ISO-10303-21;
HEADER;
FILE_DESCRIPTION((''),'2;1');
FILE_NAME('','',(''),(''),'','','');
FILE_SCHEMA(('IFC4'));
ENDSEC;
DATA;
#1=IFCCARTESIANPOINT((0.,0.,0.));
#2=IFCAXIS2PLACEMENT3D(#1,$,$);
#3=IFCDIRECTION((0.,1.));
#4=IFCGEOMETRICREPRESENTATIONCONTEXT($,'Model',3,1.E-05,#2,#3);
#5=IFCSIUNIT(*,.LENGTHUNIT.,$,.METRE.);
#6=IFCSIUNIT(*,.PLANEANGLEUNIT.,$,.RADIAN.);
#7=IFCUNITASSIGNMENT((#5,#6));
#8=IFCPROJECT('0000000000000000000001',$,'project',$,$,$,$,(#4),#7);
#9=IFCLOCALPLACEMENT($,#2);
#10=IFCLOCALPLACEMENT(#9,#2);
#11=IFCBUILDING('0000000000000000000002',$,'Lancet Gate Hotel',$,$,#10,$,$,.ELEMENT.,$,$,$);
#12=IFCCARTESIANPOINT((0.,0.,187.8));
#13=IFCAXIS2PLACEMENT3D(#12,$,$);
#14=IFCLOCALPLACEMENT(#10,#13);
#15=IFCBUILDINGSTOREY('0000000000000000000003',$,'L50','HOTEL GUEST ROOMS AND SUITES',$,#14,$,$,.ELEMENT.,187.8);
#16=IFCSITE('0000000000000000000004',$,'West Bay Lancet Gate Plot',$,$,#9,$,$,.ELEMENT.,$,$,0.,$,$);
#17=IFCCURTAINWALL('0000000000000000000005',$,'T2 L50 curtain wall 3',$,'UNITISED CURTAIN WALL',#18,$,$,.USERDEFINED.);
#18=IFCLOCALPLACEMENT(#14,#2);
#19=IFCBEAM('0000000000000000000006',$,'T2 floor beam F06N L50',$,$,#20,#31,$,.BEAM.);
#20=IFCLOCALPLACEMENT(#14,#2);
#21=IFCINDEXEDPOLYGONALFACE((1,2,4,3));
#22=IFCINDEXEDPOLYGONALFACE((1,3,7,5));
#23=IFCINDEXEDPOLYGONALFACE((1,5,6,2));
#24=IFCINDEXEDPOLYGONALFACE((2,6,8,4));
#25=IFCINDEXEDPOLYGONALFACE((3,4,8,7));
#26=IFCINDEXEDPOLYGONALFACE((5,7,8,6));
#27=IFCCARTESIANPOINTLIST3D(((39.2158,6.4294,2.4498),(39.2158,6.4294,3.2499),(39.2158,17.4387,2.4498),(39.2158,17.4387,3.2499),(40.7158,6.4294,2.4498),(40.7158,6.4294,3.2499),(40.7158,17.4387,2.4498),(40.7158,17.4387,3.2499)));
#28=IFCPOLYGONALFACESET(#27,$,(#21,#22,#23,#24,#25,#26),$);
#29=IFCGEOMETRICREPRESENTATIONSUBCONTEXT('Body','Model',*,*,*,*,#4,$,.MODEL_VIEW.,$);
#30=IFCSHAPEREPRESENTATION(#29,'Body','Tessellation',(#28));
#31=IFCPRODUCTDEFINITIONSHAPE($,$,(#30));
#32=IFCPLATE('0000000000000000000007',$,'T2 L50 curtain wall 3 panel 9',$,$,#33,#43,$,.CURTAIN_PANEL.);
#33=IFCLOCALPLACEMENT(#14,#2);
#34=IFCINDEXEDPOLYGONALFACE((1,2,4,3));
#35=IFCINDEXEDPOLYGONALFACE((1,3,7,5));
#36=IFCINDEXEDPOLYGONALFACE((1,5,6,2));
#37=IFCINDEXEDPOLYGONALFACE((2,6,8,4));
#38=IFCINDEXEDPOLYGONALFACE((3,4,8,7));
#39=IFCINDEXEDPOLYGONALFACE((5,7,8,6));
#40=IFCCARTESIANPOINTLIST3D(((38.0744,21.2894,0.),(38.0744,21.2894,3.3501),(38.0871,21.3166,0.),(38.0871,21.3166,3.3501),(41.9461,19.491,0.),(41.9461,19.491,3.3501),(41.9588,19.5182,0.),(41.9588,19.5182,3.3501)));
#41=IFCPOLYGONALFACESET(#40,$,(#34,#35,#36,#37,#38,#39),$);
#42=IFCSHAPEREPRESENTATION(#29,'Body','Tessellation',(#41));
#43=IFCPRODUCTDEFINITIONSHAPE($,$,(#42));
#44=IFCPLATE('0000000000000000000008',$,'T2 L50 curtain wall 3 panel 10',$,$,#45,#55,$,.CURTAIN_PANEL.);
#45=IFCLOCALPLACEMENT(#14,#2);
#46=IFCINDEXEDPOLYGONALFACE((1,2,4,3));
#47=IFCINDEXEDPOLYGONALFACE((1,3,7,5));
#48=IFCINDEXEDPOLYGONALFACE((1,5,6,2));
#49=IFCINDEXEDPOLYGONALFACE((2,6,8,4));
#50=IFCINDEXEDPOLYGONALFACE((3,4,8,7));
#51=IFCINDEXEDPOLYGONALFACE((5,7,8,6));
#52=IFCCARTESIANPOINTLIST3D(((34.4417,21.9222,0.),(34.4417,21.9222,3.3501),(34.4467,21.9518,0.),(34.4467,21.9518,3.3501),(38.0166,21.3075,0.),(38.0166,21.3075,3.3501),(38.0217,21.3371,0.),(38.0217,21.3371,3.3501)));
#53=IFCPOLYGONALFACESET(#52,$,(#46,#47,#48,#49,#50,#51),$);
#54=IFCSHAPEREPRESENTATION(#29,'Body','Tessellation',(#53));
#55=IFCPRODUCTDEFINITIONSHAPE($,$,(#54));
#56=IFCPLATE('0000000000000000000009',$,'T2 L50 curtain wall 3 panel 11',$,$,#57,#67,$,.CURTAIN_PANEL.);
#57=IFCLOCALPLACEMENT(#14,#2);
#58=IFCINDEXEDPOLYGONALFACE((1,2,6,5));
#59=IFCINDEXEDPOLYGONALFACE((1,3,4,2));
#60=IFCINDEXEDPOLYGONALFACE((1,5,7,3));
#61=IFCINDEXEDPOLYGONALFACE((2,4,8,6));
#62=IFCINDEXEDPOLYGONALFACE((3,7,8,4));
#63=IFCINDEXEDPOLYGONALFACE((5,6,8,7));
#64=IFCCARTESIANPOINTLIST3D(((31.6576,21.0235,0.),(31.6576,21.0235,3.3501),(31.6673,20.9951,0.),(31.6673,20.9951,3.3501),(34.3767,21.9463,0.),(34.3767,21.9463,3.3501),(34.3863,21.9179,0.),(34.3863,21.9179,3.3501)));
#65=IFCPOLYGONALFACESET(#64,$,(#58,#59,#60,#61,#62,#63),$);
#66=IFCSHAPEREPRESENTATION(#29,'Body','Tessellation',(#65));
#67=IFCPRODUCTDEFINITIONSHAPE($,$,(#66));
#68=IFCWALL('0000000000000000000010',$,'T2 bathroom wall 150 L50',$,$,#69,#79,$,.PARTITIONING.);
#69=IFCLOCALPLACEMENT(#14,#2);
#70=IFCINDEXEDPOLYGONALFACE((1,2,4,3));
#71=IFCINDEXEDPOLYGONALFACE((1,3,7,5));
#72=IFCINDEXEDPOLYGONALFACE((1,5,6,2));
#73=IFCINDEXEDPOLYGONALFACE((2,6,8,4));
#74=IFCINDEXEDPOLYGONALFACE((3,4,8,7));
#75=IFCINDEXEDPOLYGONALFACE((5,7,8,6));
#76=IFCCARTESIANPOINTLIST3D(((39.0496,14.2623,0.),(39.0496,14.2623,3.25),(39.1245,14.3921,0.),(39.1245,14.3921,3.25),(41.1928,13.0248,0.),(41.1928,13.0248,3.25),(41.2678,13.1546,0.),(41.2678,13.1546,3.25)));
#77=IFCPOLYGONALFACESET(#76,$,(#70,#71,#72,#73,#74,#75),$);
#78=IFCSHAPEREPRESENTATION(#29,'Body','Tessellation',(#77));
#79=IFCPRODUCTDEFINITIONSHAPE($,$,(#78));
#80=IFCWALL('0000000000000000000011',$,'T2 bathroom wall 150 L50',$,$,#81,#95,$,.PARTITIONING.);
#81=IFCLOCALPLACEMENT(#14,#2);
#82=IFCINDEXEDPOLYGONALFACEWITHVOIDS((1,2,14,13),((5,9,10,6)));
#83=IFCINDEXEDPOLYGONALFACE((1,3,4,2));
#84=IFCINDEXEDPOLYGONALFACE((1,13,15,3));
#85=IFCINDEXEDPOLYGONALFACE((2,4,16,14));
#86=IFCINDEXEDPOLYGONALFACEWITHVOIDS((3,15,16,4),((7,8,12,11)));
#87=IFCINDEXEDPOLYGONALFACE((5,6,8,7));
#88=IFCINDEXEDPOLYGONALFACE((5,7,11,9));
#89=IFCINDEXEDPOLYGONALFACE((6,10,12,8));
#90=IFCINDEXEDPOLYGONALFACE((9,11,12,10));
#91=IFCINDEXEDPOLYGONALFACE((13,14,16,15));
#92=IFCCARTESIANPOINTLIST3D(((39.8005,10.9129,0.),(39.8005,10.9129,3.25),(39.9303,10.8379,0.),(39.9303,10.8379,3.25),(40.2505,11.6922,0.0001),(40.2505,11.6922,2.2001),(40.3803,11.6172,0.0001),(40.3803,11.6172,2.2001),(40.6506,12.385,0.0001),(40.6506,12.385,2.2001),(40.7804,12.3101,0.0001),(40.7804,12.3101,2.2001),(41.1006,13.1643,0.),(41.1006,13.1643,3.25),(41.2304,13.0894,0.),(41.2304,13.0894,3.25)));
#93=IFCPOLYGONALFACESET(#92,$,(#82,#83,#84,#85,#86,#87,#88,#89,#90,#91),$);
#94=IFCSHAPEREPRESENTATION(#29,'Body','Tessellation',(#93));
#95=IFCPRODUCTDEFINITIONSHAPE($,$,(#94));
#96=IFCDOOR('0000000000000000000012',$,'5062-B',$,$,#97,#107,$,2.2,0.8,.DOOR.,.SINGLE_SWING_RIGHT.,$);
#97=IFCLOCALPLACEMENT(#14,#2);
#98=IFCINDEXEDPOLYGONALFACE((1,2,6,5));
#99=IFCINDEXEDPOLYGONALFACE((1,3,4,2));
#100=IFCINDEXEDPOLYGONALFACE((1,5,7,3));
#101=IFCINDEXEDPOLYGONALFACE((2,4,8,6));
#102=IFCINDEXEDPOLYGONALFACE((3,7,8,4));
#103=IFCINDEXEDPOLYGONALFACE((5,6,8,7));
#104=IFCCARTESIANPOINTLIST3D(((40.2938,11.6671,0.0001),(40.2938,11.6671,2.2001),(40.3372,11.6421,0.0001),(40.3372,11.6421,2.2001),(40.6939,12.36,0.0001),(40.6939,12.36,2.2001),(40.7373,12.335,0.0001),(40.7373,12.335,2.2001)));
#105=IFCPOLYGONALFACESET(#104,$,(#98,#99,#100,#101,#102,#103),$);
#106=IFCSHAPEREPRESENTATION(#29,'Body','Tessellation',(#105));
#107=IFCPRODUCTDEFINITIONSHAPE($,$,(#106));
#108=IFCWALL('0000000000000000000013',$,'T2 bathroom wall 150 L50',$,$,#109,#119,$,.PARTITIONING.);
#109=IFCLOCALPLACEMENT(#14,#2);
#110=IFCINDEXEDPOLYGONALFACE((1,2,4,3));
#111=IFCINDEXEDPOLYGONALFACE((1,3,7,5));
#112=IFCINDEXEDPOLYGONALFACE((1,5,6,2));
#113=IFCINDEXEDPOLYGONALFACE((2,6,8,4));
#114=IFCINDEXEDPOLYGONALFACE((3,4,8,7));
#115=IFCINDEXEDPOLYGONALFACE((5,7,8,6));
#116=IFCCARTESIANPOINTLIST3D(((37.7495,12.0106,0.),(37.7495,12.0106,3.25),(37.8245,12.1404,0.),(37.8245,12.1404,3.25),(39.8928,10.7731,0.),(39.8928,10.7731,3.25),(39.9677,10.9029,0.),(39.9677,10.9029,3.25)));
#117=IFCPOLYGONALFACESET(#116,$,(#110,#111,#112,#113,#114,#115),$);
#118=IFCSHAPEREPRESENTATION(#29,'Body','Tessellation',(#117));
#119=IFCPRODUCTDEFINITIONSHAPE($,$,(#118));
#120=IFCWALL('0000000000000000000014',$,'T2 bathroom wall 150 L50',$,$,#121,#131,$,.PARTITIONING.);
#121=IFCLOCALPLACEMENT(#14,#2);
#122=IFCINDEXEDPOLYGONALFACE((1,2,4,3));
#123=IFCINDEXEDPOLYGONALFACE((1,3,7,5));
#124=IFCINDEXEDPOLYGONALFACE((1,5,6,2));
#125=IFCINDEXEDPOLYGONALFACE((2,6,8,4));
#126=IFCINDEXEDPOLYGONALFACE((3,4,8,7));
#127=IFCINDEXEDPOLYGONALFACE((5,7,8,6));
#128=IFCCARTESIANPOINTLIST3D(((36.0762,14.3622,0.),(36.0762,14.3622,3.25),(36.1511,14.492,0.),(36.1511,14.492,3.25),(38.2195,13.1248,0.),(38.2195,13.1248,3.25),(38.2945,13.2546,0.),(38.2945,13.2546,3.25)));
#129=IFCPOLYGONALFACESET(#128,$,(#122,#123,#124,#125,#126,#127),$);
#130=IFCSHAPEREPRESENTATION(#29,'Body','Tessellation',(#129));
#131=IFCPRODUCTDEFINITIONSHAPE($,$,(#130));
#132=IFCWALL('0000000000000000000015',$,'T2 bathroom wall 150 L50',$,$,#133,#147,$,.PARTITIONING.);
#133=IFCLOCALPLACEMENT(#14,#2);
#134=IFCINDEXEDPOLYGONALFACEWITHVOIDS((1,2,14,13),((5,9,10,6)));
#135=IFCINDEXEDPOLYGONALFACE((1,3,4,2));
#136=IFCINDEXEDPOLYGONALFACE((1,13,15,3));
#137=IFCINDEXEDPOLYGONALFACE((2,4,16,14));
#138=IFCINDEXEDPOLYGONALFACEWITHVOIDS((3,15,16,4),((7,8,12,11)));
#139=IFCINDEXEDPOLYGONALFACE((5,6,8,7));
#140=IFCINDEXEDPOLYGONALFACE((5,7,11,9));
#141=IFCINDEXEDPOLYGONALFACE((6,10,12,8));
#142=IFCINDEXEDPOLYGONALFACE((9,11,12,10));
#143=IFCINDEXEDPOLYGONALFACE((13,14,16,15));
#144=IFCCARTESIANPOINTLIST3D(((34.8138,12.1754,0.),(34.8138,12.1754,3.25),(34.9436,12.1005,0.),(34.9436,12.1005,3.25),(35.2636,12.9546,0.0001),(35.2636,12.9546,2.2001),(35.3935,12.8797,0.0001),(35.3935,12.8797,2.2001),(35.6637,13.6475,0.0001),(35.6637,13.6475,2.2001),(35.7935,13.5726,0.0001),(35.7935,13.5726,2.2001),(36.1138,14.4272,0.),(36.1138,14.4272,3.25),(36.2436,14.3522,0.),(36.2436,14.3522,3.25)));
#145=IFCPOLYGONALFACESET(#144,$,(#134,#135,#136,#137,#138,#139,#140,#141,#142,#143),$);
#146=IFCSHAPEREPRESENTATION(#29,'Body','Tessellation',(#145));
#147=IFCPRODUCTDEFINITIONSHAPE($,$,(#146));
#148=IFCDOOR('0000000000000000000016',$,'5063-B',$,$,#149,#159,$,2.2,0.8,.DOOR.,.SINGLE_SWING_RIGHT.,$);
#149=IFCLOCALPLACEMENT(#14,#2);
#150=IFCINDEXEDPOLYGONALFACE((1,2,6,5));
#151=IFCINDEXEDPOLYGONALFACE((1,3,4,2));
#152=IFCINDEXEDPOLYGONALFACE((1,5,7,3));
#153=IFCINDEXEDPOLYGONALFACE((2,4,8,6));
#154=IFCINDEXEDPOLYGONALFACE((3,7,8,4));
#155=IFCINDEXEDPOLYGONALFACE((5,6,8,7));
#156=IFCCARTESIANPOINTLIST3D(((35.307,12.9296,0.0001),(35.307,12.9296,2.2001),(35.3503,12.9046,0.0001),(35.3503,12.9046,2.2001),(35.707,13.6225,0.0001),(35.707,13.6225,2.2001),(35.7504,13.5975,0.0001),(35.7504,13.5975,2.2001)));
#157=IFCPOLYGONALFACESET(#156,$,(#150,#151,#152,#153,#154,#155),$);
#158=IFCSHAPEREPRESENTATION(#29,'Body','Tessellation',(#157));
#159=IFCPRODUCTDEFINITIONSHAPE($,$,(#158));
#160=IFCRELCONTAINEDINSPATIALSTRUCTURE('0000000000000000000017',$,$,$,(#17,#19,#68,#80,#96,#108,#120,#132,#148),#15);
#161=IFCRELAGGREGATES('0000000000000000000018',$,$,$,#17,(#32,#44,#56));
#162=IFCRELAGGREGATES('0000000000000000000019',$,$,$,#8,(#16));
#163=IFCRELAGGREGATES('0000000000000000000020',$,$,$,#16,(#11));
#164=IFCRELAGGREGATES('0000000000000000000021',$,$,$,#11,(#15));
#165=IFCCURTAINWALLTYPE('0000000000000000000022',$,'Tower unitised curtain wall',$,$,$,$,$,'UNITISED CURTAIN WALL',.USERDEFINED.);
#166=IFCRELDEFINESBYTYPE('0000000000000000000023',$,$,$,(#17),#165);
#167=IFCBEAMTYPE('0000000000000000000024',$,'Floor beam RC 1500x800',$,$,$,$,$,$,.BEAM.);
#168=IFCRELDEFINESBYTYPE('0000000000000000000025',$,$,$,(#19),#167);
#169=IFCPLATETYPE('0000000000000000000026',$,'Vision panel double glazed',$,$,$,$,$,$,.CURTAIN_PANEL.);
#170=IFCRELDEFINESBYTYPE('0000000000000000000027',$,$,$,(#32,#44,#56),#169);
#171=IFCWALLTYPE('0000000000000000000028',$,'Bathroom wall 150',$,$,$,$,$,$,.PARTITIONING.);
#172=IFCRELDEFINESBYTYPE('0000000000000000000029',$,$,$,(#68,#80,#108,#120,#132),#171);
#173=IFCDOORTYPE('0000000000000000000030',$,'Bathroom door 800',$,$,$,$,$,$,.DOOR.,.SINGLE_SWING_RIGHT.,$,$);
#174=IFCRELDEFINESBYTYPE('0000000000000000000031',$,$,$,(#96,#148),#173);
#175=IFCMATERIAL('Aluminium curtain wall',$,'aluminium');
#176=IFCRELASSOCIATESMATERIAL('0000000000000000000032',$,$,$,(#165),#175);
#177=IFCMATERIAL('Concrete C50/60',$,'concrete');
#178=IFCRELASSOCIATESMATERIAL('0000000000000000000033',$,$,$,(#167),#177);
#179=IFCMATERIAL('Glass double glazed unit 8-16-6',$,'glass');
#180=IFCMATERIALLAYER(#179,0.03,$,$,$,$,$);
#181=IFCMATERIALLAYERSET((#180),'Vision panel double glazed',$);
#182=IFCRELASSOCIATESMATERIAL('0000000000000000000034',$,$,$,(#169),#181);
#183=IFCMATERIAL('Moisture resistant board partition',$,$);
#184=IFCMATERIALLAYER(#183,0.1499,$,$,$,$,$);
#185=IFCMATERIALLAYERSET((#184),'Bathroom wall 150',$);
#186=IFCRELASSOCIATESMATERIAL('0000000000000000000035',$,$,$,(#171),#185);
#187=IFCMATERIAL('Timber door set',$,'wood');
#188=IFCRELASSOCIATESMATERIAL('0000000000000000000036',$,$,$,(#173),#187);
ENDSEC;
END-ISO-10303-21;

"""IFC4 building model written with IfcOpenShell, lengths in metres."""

from ifc_helpers import new_model, si_unit, direction, frame, frame_2d, origin, origin_2d, place, context, subcontext, project, spatial, rectangle, extrude, material, layer, layer_set, material_profile, profile_set, type_object, element, fill, aggregate, save


model = new_model("IFC4")

# Units and contexts
model_context = context("Model", 3, precision=1e-05, world=origin(), true_north=direction((0.0, 1.0)))
body_context = subcontext(model_context, "Body", "Model", "MODEL_VIEW")
ifc_project = project(units=[si_unit("LENGTHUNIT", "METRE"), si_unit("PLANEANGLEUNIT", "RADIAN")], contexts=[model_context])

# Site, building, storey
site_placement = place(None, origin())
site = spatial("IfcSite", under=ifc_project, at=site_placement, Name="West Bay Lancet Gate Plot", CompositionType="ELEMENT", RefElevation=0.0)
building_placement = place(site_placement, origin())
building = spatial("IfcBuilding", under=site, at=building_placement, Name="Lancet Gate Hotel", CompositionType="ELEMENT")
storey_placement = place(building_placement, frame((0.0, 0.0, 187.8)))
storey = spatial("IfcBuildingStorey", under=building, at=storey_placement, Name="L50", Description="HOTEL GUEST ROOMS AND SUITES", CompositionType="ELEMENT", Elevation=187.8)

# Curtain wall
ifc_material_1 = material(Name="Aluminium curtain wall", Category="aluminium")
curtain_wall_type = type_object("IfcCurtainWallType", Name="Tower unitised curtain wall", ElementType="UNITISED CURTAIN WALL", PredefinedType="USERDEFINED", material=ifc_material_1)
curtain_wall_1_placement = place(storey_placement, origin())
curtain_wall_1 = element("IfcCurtainWall", 1, at=curtain_wall_1_placement, inside=storey, type_object=curtain_wall_type, Name="T2 L50 curtain wall 3", ObjectType="UNITISED CURTAIN WALL", PredefinedType="USERDEFINED")

# Beam
ifc_material_2 = material(Name="Concrete C50/60", Category="concrete")
ifc_material_profile_1 = material_profile(ifc_material_2, rectangle(XDim=1.5, YDim=0.8, at=origin_2d()), Name="RC 1500x800")
ifc_profile_set_1 = profile_set([ifc_material_profile_1], Name="Concrete C50/60")
beam_type = type_object("IfcBeamType", Name="Floor beam RC 1500x800", PredefinedType="BEAM", material=ifc_profile_set_1)
beam_1_placement = place(storey_placement, frame((39.9658, 6.4294, 2.8499), z_axis=(0.0, 1.0, 0.0), x_axis=(-1.0, 0.0, 0.0)))
element("IfcBeam", 2, at=beam_1_placement, inside=storey, type_object=beam_type, Name="T2 floor beam F06N L50", PredefinedType="BEAM", context=body_context, shape_type="SweptSolid", body=[
    extrude(rectangle(XDim=1.5, YDim=0.8, at=origin_2d()), origin(), (0.0, 0.0, 1.0), 11.0093),
])

# Plates
ifc_material_3 = material(Name="Glass double glazed unit 8-16-6", Category="glass")
ifc_layer_1 = layer(ifc_material_3, 0.03)
ifc_layer_set_1 = layer_set([ifc_layer_1], Name="Vision panel double glazed")
plate_type = type_object("IfcPlateType", Name="Vision panel double glazed", PredefinedType="CURTAIN_PANEL", material=ifc_layer_set_1)
plate_1_placement = place(storey_placement, frame((40.0166, 20.4038, 0.0), z_axis=(0.0, 0.0, 1.0), x_axis=(-0.906935, 0.421271, 0.0)))
plate_1 = element("IfcPlate", 3, at=plate_1_placement, type_object=plate_type, Name="T2 L50 curtain wall 3 panel 9", PredefinedType="CURTAIN_PANEL", context=body_context, shape_type="SweptSolid", body=[
    extrude(rectangle(XDim=4.269, YDim=0.03, at=origin_2d()), origin(), (0.0, 0.0, 1.0), 3.3501),
])
plate_2_placement = place(storey_placement, frame((36.2317, 21.6296, 0.0), z_axis=(0.0, 0.0, 1.0), x_axis=(-0.98554, 0.169445, 0.0)))
plate_2 = element("IfcPlate", 4, at=plate_2_placement, type_object=plate_type, Name="T2 L50 curtain wall 3 panel 10", PredefinedType="CURTAIN_PANEL", context=body_context, shape_type="SweptSolid", body=[
    extrude(rectangle(XDim=3.6274, YDim=0.03, at=origin_2d()), origin(), (0.0, 0.0, 1.0), 3.3501),
])
plate_3_placement = place(storey_placement, frame((33.022, 21.4707, 0.0), z_axis=(0.0, 0.0, 1.0), x_axis=(-0.946952, -0.321374, 0.0)))
plate_3 = element("IfcPlate", 5, at=plate_3_placement, type_object=plate_type, Name="T2 L50 curtain wall 3 panel 11", PredefinedType="CURTAIN_PANEL", context=body_context, shape_type="SweptSolid", body=[
    extrude(rectangle(XDim=2.8713, YDim=0.03, at=origin_2d()), origin(), (0.0, 0.0, 1.0), 3.3501),
])
aggregate(curtain_wall_1, [plate_1, plate_2, plate_3])

# Wall
ifc_material_4 = material(Name="Moisture resistant board partition")
ifc_layer_2 = layer(ifc_material_4, 0.1499)
ifc_layer_set_2 = layer_set([ifc_layer_2], Name="Bathroom wall 150")
wall_type_1 = type_object("IfcWallType", Name="Bathroom wall 150", PredefinedType="PARTITIONING", material=ifc_layer_set_2)
wall_1_placement = place(storey_placement, frame((39.0872, 14.3271, 0.0), z_axis=(0.0, 0.0, 1.0), x_axis=(0.866007, -0.500033, 0.0)))
element("IfcWall", 6, at=wall_1_placement, inside=storey, type_object=wall_type_1, Name="T2 bathroom wall 150 L50", PredefinedType="PARTITIONING", context=body_context, shape_type="SweptSolid", body=[
    extrude(rectangle(XDim=2.4749, YDim=0.1499, at=frame_2d((1.2373, 0.0))), origin(), (0.0, 0.0, 1.0), 3.25),
])

# Wall, opening, door
wall_2_placement = place(storey_placement, frame((39.8655, 10.8755, 0.0), z_axis=(0.0, 0.0, 1.0), x_axis=(0.500048, 0.865998, 0.0)))
wall_2 = element("IfcWall", 7, at=wall_2_placement, inside=storey, type_object=wall_type_1, Name="T2 bathroom wall 150 L50", PredefinedType="PARTITIONING", context=body_context, shape_type="SweptSolid", body=[
    extrude(rectangle(XDim=2.5999, YDim=0.1499, at=frame_2d((1.2998, 0.0))), origin(), (0.0, 0.0, 1.0), 3.25),
])
opening_1_placement = place(wall_2_placement, frame((0.8999, 0.0, 0.0)))
opening_1 = element("IfcOpeningElement", 8, at=opening_1_placement, cuts=wall_2, PredefinedType="OPENING", context=body_context, shape_type="SweptSolid", body=[
    extrude(rectangle(XDim=0.8, YDim=2.2, at=frame_2d((0.3999, 1.1001))), frame((0.0, 0.085, 0.0), z_axis=(0.0, -1.0, 0.0), x_axis=(1.0, 0.0, 0.0)), (0.0, 0.0, 1.0), 0.1699),
])
ifc_material_5 = material(Name="Timber door set", Category="wood")
door_type_1 = type_object("IfcDoorType", Name="Bathroom door 800", OperationType="SINGLE_SWING_RIGHT", PredefinedType="DOOR", material=ifc_material_5)
door_1_placement = place(opening_1_placement, origin())
door_1 = element("IfcDoor", 9, at=door_1_placement, inside=storey, type_object=door_type_1, Name="5062-B", OperationType="SINGLE_SWING_RIGHT", OverallHeight=2.2, OverallWidth=0.8, PredefinedType="DOOR", context=body_context, shape_type="SweptSolid", body=[
    extrude(rectangle(XDim=0.8, YDim=2.2, at=frame_2d((0.3999, 1.1001))), frame((0.0, 0.0249, 0.0), z_axis=(0.0, -1.0, 0.0), x_axis=(1.0, 0.0, 0.0)), (0.0, 0.0, 1.0), 0.05),
])
fill(opening_1, door_1)

# Walls
for number, where, z_axis, x_axis, name in (
    (10, (37.7871, 12.0754, 0.0), (0.0, 0.0, 1.0), (0.866007, -0.500033, 0.0), "T2 bathroom wall 150 L50"),
    (11, (36.1138, 14.427, 0.0), (0.0, 0.0, 1.0), (0.866049, -0.499959, 0.0), "T2 bathroom wall 150 L50"),
):
    element("IfcWall", number, at=place(storey_placement, frame(where, z_axis=z_axis, x_axis=x_axis)), inside=storey, type_object=wall_type_1, Name=name, PredefinedType="PARTITIONING", context=body_context, shape_type="SweptSolid", body=[
        extrude(rectangle(XDim=2.4749, YDim=0.1499, at=frame_2d((1.2373, 0.0))), origin(), (0.0, 0.0, 1.0), 3.25),
    ])

# Wall, opening, door
wall_3_placement = place(storey_placement, frame((34.8787, 12.1379, 0.0), z_axis=(0.0, 0.0, 1.0), x_axis=(0.500007, 0.866021, 0.0)))
wall_3 = element("IfcWall", 12, at=wall_3_placement, inside=storey, type_object=wall_type_1, Name="T2 bathroom wall 150 L50", PredefinedType="PARTITIONING", context=body_context, shape_type="SweptSolid", body=[
    extrude(rectangle(XDim=2.6001, YDim=0.1499, at=frame_2d((1.3, 0.0))), origin(), (0.0, 0.0, 1.0), 3.25),
])
opening_2_placement = place(wall_3_placement, frame((0.8999, 0.0, 0.0)))
opening_2 = element("IfcOpeningElement", 13, at=opening_2_placement, cuts=wall_3, PredefinedType="OPENING", context=body_context, shape_type="SweptSolid", body=[
    extrude(rectangle(XDim=0.8, YDim=2.2, at=frame_2d((0.3999, 1.1001))), frame((0.0, 0.085, 0.0), z_axis=(0.0, -1.0, 0.0), x_axis=(1.0, 0.0, 0.0)), (0.0, 0.0, 1.0), 0.1699),
])
door_2_placement = place(opening_2_placement, origin())
door_2 = element("IfcDoor", 14, at=door_2_placement, inside=storey, type_object=door_type_1, Name="5063-B", OperationType="SINGLE_SWING_RIGHT", OverallHeight=2.2, OverallWidth=0.8, PredefinedType="DOOR", context=body_context, shape_type="SweptSolid", body=[
    extrude(rectangle(XDim=0.8, YDim=2.2, at=frame_2d((0.3999, 1.1001))), frame((0.0, 0.0249, 0.0), z_axis=(0.0, -1.0, 0.0), x_axis=(1.0, 0.0, 0.0)), (0.0, 0.0, 1.0), 0.05),
])
fill(opening_2, door_2)

save(model, "model.ifc")
